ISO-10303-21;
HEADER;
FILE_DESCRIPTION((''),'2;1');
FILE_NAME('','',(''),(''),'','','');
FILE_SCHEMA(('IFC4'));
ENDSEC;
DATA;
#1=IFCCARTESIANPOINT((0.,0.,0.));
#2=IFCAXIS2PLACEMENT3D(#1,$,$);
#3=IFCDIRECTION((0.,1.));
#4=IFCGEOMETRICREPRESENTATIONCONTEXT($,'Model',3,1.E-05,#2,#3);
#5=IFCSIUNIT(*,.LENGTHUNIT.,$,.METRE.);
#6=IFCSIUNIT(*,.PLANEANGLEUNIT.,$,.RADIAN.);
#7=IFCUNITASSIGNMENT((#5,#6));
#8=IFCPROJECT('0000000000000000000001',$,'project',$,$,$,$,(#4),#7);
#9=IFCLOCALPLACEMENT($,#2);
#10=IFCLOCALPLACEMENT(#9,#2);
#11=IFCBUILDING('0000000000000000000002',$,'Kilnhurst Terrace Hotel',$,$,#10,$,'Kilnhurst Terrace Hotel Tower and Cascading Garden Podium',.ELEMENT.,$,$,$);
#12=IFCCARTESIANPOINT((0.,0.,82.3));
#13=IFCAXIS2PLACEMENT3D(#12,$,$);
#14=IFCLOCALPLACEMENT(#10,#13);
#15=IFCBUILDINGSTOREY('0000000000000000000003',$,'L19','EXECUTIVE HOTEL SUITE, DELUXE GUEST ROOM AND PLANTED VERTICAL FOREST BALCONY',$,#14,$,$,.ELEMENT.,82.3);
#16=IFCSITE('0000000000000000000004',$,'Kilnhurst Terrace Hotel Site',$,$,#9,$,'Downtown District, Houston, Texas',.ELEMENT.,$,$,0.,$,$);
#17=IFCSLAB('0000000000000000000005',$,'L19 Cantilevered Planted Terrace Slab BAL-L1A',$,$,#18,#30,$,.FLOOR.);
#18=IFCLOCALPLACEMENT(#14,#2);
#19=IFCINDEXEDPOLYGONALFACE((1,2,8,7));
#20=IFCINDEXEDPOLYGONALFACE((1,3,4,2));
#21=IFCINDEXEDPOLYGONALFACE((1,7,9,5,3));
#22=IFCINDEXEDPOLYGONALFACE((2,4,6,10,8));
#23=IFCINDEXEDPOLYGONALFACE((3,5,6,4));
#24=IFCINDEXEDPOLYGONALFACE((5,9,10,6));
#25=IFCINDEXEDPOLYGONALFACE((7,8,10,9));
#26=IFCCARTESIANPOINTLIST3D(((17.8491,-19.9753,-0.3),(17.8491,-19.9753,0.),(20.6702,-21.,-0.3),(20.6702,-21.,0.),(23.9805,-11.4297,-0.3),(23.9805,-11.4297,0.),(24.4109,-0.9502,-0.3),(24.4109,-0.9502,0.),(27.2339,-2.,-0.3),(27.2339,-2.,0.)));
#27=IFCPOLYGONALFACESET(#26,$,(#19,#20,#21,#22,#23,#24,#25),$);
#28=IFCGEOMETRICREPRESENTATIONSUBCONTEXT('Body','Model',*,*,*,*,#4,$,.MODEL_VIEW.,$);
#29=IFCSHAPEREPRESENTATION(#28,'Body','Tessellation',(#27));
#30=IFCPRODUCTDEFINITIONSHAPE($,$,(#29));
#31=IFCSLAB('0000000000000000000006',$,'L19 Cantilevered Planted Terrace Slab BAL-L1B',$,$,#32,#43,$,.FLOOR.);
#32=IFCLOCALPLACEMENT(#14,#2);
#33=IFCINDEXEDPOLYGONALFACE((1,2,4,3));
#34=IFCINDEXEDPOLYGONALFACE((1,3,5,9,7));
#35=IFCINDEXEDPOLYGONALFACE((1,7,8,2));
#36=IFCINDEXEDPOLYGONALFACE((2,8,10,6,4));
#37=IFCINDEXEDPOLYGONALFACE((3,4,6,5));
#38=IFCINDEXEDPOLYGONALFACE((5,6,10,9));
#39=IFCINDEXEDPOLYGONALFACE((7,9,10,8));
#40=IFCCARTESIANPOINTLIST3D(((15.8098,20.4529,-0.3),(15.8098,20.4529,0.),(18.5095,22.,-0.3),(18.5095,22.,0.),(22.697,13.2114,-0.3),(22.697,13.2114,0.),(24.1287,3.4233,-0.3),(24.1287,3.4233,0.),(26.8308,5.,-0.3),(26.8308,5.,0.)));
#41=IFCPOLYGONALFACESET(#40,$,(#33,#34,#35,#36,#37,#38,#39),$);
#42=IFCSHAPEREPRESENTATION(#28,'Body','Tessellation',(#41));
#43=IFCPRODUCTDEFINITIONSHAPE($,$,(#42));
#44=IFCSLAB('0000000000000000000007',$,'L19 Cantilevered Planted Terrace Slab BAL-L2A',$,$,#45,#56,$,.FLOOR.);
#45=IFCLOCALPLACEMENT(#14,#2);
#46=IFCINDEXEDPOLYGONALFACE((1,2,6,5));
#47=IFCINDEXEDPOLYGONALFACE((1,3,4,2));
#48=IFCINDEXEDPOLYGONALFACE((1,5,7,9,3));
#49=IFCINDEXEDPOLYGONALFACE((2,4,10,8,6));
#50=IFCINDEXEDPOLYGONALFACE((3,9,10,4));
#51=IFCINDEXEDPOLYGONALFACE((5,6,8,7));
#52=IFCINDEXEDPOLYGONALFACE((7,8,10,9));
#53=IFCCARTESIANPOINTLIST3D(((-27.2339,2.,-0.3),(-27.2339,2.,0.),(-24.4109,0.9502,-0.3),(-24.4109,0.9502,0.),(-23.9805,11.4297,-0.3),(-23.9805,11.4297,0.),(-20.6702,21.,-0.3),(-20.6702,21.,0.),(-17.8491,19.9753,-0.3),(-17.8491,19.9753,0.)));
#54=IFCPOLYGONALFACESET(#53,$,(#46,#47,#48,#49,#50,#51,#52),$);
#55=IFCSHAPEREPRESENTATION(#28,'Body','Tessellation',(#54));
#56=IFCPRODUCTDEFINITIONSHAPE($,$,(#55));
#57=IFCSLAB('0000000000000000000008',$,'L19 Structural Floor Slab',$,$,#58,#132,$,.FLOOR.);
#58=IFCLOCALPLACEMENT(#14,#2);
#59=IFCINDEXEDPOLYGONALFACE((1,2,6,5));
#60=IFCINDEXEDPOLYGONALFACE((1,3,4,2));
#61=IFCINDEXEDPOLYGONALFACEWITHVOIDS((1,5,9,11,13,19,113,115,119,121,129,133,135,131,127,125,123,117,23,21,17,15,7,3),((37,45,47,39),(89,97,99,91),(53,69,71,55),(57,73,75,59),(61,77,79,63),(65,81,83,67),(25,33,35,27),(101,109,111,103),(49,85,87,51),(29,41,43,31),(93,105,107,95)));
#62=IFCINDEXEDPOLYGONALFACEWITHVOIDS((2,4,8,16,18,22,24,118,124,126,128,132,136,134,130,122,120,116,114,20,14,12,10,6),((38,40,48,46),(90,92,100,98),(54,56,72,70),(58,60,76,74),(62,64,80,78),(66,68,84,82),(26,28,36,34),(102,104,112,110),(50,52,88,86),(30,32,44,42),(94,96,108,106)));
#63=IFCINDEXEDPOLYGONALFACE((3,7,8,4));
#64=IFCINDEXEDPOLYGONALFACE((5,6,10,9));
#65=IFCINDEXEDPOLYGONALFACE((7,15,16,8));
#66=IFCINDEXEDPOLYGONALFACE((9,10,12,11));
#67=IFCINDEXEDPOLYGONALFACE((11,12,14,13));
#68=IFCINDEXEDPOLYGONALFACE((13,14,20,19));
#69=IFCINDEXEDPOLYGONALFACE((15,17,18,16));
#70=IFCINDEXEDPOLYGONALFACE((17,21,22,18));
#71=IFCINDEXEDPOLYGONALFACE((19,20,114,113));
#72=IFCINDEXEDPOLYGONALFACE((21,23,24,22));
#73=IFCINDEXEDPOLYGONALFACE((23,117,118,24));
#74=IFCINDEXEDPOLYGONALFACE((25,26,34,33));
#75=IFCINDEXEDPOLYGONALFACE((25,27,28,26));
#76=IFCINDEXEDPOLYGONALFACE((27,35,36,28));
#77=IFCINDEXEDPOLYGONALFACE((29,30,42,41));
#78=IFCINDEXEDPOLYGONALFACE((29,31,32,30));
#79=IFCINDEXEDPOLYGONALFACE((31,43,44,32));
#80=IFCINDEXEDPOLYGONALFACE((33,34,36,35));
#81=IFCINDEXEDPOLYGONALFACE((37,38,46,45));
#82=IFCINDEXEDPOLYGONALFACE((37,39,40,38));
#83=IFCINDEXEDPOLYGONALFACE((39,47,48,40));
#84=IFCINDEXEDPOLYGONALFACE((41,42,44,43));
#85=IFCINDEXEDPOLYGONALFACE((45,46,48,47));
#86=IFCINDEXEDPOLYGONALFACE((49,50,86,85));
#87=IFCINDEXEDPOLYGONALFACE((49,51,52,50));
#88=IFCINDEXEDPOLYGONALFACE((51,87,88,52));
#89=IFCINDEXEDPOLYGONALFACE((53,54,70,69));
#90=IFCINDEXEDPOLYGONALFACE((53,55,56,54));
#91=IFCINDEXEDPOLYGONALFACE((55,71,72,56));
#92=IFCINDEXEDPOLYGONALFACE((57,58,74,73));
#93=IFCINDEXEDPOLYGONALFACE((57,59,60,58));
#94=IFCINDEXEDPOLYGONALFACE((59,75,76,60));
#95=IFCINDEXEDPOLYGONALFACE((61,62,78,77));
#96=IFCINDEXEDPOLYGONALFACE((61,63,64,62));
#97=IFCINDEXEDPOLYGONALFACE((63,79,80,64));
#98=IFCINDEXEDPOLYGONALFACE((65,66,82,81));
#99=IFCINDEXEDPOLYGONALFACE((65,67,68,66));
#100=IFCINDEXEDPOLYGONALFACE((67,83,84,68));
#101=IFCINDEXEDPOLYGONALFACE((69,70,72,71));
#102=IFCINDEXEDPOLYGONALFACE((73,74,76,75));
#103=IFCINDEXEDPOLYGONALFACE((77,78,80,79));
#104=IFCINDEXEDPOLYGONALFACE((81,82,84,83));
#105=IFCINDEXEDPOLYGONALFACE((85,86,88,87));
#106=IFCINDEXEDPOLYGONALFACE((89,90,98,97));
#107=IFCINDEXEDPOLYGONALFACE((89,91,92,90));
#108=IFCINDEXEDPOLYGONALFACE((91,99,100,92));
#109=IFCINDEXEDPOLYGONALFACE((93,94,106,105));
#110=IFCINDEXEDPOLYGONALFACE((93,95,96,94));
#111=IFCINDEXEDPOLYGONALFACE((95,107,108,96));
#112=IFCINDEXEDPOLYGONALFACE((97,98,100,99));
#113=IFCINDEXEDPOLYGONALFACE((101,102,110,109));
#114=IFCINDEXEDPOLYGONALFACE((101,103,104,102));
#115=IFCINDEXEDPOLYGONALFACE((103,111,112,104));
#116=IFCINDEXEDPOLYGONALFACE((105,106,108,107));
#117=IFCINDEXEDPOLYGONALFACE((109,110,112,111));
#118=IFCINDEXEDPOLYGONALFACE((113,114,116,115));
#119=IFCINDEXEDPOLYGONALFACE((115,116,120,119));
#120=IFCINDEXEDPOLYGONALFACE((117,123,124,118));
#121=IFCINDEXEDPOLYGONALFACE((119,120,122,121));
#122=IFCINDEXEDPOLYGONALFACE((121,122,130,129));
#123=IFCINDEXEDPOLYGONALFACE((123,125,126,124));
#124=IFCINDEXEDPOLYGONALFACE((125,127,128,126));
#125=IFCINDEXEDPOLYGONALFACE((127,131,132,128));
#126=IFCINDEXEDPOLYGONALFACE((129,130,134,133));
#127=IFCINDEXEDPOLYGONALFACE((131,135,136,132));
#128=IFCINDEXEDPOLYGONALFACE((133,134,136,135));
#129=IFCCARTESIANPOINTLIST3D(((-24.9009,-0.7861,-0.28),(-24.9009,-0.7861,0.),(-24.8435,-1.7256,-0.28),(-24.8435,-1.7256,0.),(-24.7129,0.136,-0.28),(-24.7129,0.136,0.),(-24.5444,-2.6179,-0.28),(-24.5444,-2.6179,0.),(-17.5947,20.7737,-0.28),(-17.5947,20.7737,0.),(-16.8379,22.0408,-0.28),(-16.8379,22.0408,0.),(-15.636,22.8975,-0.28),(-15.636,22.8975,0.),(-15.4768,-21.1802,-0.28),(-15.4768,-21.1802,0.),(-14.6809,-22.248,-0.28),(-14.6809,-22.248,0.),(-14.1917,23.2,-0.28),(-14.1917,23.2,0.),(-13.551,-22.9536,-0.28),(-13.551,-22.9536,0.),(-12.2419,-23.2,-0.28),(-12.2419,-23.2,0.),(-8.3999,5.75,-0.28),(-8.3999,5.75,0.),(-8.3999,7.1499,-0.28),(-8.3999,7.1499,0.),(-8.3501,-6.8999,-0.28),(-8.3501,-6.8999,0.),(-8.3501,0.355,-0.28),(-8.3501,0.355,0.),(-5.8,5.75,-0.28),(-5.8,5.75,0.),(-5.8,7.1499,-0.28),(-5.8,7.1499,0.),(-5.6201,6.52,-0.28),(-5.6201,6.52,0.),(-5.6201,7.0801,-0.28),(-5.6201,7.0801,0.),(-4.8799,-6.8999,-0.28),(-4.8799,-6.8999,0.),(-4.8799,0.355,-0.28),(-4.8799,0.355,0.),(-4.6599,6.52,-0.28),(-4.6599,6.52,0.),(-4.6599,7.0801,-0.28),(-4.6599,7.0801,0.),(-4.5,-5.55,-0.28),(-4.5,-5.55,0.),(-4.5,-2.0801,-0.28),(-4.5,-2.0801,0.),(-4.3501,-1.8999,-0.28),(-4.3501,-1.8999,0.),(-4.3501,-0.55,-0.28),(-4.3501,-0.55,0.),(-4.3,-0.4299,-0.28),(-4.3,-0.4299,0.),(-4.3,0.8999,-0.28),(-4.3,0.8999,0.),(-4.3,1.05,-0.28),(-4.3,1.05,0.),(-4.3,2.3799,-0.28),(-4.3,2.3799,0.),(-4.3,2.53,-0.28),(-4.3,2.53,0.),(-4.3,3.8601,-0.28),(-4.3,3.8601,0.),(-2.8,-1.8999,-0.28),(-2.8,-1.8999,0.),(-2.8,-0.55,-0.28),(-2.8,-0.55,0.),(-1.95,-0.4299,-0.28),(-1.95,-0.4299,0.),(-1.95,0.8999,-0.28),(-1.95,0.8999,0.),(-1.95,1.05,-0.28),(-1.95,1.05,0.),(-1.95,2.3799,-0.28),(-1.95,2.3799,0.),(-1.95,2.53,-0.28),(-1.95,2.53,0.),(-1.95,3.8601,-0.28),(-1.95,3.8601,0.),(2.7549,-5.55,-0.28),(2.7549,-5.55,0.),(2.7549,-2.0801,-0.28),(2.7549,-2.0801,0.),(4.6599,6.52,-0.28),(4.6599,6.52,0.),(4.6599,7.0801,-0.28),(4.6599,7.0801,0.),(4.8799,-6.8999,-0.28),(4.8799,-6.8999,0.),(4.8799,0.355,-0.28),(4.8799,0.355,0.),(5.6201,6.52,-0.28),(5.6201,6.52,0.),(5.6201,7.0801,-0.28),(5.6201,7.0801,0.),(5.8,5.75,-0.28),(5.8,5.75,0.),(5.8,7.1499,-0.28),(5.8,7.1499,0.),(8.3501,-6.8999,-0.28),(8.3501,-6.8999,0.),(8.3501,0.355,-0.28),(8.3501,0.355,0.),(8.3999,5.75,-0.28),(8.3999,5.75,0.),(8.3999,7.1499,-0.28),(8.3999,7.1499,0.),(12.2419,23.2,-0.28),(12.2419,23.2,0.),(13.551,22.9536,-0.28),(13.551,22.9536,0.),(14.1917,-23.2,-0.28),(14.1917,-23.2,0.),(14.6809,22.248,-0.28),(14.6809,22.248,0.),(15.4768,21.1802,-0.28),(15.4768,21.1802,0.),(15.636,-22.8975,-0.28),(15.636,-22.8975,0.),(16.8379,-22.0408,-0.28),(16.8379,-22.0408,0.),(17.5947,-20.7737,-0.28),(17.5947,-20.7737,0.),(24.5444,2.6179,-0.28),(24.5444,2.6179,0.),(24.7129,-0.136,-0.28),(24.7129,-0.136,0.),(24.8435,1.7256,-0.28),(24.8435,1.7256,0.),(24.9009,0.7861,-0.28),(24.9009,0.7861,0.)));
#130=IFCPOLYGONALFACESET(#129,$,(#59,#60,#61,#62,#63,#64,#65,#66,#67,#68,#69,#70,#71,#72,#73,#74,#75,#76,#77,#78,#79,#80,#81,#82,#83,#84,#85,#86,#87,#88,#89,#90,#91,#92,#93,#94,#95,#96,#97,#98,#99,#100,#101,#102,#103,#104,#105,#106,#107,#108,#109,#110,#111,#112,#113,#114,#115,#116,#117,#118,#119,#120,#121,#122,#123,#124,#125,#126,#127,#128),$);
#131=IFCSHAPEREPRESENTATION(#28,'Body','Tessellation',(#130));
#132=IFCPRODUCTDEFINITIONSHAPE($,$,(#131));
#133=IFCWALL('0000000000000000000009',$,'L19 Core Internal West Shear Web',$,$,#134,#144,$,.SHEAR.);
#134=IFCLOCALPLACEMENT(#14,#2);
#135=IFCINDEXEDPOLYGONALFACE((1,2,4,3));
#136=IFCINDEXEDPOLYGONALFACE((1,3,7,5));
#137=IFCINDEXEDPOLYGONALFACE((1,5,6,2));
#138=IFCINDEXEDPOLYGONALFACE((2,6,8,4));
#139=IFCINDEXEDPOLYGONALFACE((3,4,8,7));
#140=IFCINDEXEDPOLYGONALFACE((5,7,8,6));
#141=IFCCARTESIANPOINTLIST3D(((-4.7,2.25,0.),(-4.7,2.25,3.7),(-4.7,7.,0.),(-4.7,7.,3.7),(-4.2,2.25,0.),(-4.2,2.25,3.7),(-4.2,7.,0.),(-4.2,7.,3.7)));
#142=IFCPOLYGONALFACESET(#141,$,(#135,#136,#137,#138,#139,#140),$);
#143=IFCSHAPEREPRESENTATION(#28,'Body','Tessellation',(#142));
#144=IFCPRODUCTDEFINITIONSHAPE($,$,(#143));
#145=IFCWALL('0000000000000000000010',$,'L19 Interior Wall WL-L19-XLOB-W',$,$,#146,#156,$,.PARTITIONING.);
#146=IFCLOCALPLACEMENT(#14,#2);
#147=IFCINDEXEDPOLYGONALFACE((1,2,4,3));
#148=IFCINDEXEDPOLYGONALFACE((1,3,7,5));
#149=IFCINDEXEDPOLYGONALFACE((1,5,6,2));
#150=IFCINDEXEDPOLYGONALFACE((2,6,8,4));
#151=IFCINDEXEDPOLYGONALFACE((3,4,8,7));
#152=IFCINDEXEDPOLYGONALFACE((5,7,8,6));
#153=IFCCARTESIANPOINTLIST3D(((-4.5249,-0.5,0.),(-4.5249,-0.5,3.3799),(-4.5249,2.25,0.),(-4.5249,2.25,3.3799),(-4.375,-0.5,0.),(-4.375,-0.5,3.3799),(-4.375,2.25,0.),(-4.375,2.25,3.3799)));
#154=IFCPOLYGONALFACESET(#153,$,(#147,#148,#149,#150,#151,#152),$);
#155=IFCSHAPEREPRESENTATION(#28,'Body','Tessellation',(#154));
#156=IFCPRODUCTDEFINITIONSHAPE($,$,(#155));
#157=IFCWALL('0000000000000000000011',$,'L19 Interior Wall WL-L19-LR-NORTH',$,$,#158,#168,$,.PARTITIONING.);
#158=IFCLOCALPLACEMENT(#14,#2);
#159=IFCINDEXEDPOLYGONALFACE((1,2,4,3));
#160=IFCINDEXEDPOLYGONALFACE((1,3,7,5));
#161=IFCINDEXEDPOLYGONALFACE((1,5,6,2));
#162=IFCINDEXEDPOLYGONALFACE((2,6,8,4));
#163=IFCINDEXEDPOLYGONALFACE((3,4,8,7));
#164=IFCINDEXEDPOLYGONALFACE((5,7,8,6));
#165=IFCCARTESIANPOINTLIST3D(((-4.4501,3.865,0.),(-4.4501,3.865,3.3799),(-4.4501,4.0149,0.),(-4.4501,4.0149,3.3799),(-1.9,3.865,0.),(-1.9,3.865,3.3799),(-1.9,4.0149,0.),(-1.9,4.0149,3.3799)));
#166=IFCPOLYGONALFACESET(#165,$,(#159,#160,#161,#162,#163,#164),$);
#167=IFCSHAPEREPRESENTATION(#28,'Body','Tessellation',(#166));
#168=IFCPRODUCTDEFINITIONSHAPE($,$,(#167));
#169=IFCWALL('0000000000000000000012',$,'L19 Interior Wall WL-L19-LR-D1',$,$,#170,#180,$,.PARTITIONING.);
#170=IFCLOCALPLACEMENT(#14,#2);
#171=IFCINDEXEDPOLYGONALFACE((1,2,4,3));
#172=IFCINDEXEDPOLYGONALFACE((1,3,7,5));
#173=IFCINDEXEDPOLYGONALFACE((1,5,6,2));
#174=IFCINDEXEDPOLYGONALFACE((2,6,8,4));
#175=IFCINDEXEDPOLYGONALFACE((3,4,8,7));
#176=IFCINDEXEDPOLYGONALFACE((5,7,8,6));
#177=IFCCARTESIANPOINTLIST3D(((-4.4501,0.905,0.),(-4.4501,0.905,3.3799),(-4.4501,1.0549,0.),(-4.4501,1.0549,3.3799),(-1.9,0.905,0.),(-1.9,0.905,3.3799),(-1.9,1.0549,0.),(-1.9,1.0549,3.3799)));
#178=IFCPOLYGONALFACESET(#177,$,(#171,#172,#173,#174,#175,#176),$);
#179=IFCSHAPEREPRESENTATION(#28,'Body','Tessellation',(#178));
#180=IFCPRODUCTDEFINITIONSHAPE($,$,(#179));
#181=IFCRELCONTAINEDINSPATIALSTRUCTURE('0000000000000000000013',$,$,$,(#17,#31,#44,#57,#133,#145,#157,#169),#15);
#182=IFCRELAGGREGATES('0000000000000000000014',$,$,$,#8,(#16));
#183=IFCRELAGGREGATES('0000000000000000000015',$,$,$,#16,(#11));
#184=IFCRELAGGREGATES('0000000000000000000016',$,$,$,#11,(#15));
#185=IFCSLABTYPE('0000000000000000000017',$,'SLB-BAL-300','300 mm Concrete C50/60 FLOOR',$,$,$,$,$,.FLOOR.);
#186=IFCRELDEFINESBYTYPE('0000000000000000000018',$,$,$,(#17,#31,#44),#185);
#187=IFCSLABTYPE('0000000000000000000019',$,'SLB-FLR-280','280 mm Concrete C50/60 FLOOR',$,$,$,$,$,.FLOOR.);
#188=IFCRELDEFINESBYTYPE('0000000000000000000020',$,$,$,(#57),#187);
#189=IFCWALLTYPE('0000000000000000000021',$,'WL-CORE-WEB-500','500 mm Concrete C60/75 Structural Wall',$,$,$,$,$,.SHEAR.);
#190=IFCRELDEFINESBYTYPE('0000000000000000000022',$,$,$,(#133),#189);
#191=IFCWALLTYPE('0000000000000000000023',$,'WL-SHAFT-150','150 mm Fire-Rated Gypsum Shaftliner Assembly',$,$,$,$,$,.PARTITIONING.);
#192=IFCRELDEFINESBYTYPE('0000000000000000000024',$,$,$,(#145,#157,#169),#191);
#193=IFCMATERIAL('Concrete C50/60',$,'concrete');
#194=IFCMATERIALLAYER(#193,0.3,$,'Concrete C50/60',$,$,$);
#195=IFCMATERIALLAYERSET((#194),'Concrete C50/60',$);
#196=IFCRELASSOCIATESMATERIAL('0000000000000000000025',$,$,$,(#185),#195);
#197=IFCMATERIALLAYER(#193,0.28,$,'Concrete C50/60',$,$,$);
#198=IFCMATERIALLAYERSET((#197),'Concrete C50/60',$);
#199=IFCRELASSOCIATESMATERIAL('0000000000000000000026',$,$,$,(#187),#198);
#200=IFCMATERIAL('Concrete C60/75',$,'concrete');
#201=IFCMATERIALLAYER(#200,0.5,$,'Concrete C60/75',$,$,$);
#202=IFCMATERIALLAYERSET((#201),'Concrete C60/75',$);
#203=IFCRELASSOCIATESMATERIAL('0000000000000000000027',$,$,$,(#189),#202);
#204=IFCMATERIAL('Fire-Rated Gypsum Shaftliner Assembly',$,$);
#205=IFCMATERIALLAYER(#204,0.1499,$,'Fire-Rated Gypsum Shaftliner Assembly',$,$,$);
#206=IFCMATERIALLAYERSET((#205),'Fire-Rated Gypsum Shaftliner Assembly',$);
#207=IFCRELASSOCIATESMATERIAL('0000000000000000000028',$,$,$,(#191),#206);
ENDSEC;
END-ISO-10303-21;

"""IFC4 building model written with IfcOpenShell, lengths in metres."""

from ifc_helpers import new_model, si_unit, direction, frame, frame_2d, origin, place, context, subcontext, project, spatial, polyline, rectangle, outline, extrude, material, layer, layer_set, type_object, element, save


model = new_model("IFC4")

# Units and contexts
model_context = context("Model", 3, precision=1e-05, world=origin(), true_north=direction((0.0, 1.0)))
body_context = subcontext(model_context, "Body", "Model", "MODEL_VIEW")
ifc_project = project(units=[si_unit("LENGTHUNIT", "METRE"), si_unit("PLANEANGLEUNIT", "RADIAN")], contexts=[model_context])

# Site, building, storey
site_placement = place(None, origin())
site = spatial("IfcSite", under=ifc_project, at=site_placement, Name="Kilnhurst Terrace Hotel Site", LongName="Downtown District, Houston, Texas", CompositionType="ELEMENT", RefElevation=0.0)
building_placement = place(site_placement, origin())
building = spatial("IfcBuilding", under=site, at=building_placement, Name="Kilnhurst Terrace Hotel", LongName="Kilnhurst Terrace Hotel Tower and Cascading Garden Podium", CompositionType="ELEMENT")
storey_placement = place(building_placement, frame((0.0, 0.0, 82.3)))
storey = spatial("IfcBuildingStorey", under=building, at=storey_placement, Name="L19", Description="EXECUTIVE HOTEL SUITE, DELUXE GUEST ROOM AND PLANTED VERTICAL FOREST BALCONY", CompositionType="ELEMENT", Elevation=82.3)

# Slabs
ifc_material_1 = material(Name="Concrete C50/60", Category="concrete")
ifc_layer_1 = layer(ifc_material_1, 0.3, Name="Concrete C50/60")
ifc_layer_set_1 = layer_set([ifc_layer_1], Name="Concrete C50/60")
slab_type_1 = type_object("IfcSlabType", Name="SLB-BAL-300", Description="300 mm Concrete C50/60 FLOOR", PredefinedType="FLOOR", material=ifc_layer_set_1)
slab_1_placement = place(storey_placement, frame((0.0, 0.0, -0.3)))
element("IfcSlab", 1, at=slab_1_placement, inside=storey, type_object=slab_type_1, Name="L19 Cantilevered Planted Terrace Slab BAL-L1A", PredefinedType="FLOOR", context=body_context, shape_type="SweptSolid", body=[
    extrude(outline(polyline([(23.9805, -11.4297), (20.6702, -21.0), (17.8491, -19.9753), (24.4109, -0.9502), (27.2339, -2.0), (23.9805, -11.4297)])), origin(), (0.0, 0.0, 1.0), 0.3),
])
slab_2_placement = place(storey_placement, frame((0.0, 0.0, -0.3)))
element("IfcSlab", 2, at=slab_2_placement, inside=storey, type_object=slab_type_1, Name="L19 Cantilevered Planted Terrace Slab BAL-L1B", PredefinedType="FLOOR", context=body_context, shape_type="SweptSolid", body=[
    extrude(outline(polyline([(26.8308, 5.0), (24.1287, 3.4233), (15.8098, 20.4529), (18.5095, 22.0), (22.697, 13.2114), (26.8308, 5.0)])), origin(), (0.0, 0.0, 1.0), 0.3),
])
slab_3_placement = place(storey_placement, frame((0.0, 0.0, -0.3)))
element("IfcSlab", 3, at=slab_3_placement, inside=storey, type_object=slab_type_1, Name="L19 Cantilevered Planted Terrace Slab BAL-L2A", PredefinedType="FLOOR", context=body_context, shape_type="SweptSolid", body=[
    extrude(outline(polyline([(-20.6702, 21.0), (-17.8491, 19.9753), (-24.4109, 0.9502), (-27.2339, 2.0), (-23.9805, 11.4297), (-20.6702, 21.0)])), origin(), (0.0, 0.0, 1.0), 0.3),
])
ifc_layer_2 = layer(ifc_material_1, 0.28, Name="Concrete C50/60")
ifc_layer_set_2 = layer_set([ifc_layer_2], Name="Concrete C50/60")
slab_type_2 = type_object("IfcSlabType", Name="SLB-FLR-280", Description="280 mm Concrete C50/60 FLOOR", PredefinedType="FLOOR", material=ifc_layer_set_2)
slab_4_placement = place(storey_placement, frame((0.0, 0.0, -0.28)))
element("IfcSlab", 4, at=slab_4_placement, inside=storey, type_object=slab_type_2, Name="L19 Structural Floor Slab", PredefinedType="FLOOR", context=body_context, shape_type="SweptSolid", body=[
    extrude(outline(polyline([(-15.4768, -21.1802), (-14.6809, -22.248), (-13.551, -22.9536), (-12.2419, -23.2), (14.1917, -23.2), (15.636, -22.8975), (16.8379, -22.0408), (17.5947, -20.7737), (24.7129, -0.136), (24.9009, 0.7861), (24.8435, 1.7256), (24.5444, 2.6179), (15.4768, 21.1802), (14.6809, 22.248), (13.551, 22.9536), (12.2419, 23.2), (-14.1917, 23.2), (-15.636, 22.8975), (-16.8379, 22.0408), (-17.5947, 20.7737), (-24.7129, 0.136), (-24.9009, -0.7861), (-24.8435, -1.7256), (-24.5444, -2.6179), (-15.4768, -21.1802)]), holes=[polyline([(-8.3501, 0.355), (-4.8799, 0.355), (-4.8799, -6.8999), (-8.3501, -6.8999), (-8.3501, 0.355)]), polyline([(-2.8, -1.8999), (-4.3501, -1.8999), (-4.3501, -0.55), (-2.8, -0.55), (-2.8, -1.8999)]), polyline([(-1.95, -0.4299), (-4.3, -0.4299), (-4.3, 0.8999), (-1.95, 0.8999), (-1.95, -0.4299)]), polyline([(-4.3, 1.05), (-4.3, 2.3799), (-1.95, 2.3799), (-1.95, 1.05), (-4.3, 1.05)]), polyline([(-8.3999, 5.75), (-8.3999, 7.1499), (-5.8, 7.1499), (-5.8, 5.75), (-8.3999, 5.75)]), polyline([(-4.6599, 6.52), (-5.6201, 6.52), (-5.6201, 7.0801), (-4.6599, 7.0801), (-4.6599, 6.52)]), polyline([(2.7549, -5.55), (-4.5, -5.55), (-4.5, -2.0801), (2.7549, -2.0801), (2.7549, -5.55)]), polyline([(8.3501, 0.355), (8.3501, -6.8999), (4.8799, -6.8999), (4.8799, 0.355), (8.3501, 0.355)]), polyline([(-1.95, 2.53), (-4.3, 2.53), (-4.3, 3.8601), (-1.95, 3.8601), (-1.95, 2.53)]), polyline([(5.8, 5.75), (5.8, 7.1499), (8.3999, 7.1499), (8.3999, 5.75), (5.8, 5.75)]), polyline([(4.6599, 6.52), (4.6599, 7.0801), (5.6201, 7.0801), (5.6201, 6.52), (4.6599, 6.52)])]), origin(), (0.0, 0.0, 1.0), 0.28),
])

# Walls
ifc_material_2 = material(Name="Concrete C60/75", Category="concrete")
ifc_layer_3 = layer(ifc_material_2, 0.5, Name="Concrete C60/75")
ifc_layer_set_3 = layer_set([ifc_layer_3], Name="Concrete C60/75")
wall_type_1 = type_object("IfcWallType", Name="WL-CORE-WEB-500", Description="500 mm Concrete C60/75 Structural Wall", PredefinedType="SHEAR", material=ifc_layer_set_3)
wall_1_placement = place(storey_placement, frame((-4.45, 2.25, 0.0), z_axis=(0.0, 0.0, 1.0), x_axis=(0.0, 1.0, 0.0)))
element("IfcWall", 5, at=wall_1_placement, inside=storey, type_object=wall_type_1, Name="L19 Core Internal West Shear Web", PredefinedType="SHEAR", context=body_context, shape_type="SweptSolid", body=[
    extrude(rectangle(XDim=4.75, YDim=0.5, at=frame_2d((2.375, 0.0))), origin(), (0.0, 0.0, 1.0), 3.7),
])
ifc_material_3 = material(Name="Fire-Rated Gypsum Shaftliner Assembly")
ifc_layer_4 = layer(ifc_material_3, 0.1499, Name="Fire-Rated Gypsum Shaftliner Assembly")
ifc_layer_set_4 = layer_set([ifc_layer_4], Name="Fire-Rated Gypsum Shaftliner Assembly")
wall_type_2 = type_object("IfcWallType", Name="WL-SHAFT-150", Description="150 mm Fire-Rated Gypsum Shaftliner Assembly", PredefinedType="PARTITIONING", material=ifc_layer_set_4)
wall_2_placement = place(storey_placement, frame((-4.45, -0.5, 0.0), z_axis=(0.0, 0.0, 1.0), x_axis=(0.0, 1.0, 0.0)))
element("IfcWall", 6, at=wall_2_placement, inside=storey, type_object=wall_type_2, Name="L19 Interior Wall WL-L19-XLOB-W", PredefinedType="PARTITIONING", context=body_context, shape_type="SweptSolid", body=[
    extrude(rectangle(XDim=2.75, YDim=0.1499, at=frame_2d((1.375, 0.0))), origin(), (0.0, 0.0, 1.0), 3.3799),
])
for number, where, z_axis, x_axis, name in (
    (7, (-4.45, 3.9399, 0.0), (0.0, 0.0, 1.0), (1.0, 0.0, 0.0), "L19 Interior Wall WL-L19-LR-NORTH"),
    (8, (-4.45, 0.98, 0.0), (0.0, 0.0, 1.0), (1.0, 0.0, 0.0), "L19 Interior Wall WL-L19-LR-D1"),
):
    element("IfcWall", number, at=place(storey_placement, frame(where, z_axis=z_axis, x_axis=x_axis)), inside=storey, type_object=wall_type_2, Name=name, PredefinedType="PARTITIONING", context=body_context, shape_type="SweptSolid", body=[
        extrude(rectangle(XDim=2.55, YDim=0.1499, at=frame_2d((1.2749, 0.0))), origin(), (0.0, 0.0, 1.0), 3.3799),
    ])

save(model, "model.ifc")
